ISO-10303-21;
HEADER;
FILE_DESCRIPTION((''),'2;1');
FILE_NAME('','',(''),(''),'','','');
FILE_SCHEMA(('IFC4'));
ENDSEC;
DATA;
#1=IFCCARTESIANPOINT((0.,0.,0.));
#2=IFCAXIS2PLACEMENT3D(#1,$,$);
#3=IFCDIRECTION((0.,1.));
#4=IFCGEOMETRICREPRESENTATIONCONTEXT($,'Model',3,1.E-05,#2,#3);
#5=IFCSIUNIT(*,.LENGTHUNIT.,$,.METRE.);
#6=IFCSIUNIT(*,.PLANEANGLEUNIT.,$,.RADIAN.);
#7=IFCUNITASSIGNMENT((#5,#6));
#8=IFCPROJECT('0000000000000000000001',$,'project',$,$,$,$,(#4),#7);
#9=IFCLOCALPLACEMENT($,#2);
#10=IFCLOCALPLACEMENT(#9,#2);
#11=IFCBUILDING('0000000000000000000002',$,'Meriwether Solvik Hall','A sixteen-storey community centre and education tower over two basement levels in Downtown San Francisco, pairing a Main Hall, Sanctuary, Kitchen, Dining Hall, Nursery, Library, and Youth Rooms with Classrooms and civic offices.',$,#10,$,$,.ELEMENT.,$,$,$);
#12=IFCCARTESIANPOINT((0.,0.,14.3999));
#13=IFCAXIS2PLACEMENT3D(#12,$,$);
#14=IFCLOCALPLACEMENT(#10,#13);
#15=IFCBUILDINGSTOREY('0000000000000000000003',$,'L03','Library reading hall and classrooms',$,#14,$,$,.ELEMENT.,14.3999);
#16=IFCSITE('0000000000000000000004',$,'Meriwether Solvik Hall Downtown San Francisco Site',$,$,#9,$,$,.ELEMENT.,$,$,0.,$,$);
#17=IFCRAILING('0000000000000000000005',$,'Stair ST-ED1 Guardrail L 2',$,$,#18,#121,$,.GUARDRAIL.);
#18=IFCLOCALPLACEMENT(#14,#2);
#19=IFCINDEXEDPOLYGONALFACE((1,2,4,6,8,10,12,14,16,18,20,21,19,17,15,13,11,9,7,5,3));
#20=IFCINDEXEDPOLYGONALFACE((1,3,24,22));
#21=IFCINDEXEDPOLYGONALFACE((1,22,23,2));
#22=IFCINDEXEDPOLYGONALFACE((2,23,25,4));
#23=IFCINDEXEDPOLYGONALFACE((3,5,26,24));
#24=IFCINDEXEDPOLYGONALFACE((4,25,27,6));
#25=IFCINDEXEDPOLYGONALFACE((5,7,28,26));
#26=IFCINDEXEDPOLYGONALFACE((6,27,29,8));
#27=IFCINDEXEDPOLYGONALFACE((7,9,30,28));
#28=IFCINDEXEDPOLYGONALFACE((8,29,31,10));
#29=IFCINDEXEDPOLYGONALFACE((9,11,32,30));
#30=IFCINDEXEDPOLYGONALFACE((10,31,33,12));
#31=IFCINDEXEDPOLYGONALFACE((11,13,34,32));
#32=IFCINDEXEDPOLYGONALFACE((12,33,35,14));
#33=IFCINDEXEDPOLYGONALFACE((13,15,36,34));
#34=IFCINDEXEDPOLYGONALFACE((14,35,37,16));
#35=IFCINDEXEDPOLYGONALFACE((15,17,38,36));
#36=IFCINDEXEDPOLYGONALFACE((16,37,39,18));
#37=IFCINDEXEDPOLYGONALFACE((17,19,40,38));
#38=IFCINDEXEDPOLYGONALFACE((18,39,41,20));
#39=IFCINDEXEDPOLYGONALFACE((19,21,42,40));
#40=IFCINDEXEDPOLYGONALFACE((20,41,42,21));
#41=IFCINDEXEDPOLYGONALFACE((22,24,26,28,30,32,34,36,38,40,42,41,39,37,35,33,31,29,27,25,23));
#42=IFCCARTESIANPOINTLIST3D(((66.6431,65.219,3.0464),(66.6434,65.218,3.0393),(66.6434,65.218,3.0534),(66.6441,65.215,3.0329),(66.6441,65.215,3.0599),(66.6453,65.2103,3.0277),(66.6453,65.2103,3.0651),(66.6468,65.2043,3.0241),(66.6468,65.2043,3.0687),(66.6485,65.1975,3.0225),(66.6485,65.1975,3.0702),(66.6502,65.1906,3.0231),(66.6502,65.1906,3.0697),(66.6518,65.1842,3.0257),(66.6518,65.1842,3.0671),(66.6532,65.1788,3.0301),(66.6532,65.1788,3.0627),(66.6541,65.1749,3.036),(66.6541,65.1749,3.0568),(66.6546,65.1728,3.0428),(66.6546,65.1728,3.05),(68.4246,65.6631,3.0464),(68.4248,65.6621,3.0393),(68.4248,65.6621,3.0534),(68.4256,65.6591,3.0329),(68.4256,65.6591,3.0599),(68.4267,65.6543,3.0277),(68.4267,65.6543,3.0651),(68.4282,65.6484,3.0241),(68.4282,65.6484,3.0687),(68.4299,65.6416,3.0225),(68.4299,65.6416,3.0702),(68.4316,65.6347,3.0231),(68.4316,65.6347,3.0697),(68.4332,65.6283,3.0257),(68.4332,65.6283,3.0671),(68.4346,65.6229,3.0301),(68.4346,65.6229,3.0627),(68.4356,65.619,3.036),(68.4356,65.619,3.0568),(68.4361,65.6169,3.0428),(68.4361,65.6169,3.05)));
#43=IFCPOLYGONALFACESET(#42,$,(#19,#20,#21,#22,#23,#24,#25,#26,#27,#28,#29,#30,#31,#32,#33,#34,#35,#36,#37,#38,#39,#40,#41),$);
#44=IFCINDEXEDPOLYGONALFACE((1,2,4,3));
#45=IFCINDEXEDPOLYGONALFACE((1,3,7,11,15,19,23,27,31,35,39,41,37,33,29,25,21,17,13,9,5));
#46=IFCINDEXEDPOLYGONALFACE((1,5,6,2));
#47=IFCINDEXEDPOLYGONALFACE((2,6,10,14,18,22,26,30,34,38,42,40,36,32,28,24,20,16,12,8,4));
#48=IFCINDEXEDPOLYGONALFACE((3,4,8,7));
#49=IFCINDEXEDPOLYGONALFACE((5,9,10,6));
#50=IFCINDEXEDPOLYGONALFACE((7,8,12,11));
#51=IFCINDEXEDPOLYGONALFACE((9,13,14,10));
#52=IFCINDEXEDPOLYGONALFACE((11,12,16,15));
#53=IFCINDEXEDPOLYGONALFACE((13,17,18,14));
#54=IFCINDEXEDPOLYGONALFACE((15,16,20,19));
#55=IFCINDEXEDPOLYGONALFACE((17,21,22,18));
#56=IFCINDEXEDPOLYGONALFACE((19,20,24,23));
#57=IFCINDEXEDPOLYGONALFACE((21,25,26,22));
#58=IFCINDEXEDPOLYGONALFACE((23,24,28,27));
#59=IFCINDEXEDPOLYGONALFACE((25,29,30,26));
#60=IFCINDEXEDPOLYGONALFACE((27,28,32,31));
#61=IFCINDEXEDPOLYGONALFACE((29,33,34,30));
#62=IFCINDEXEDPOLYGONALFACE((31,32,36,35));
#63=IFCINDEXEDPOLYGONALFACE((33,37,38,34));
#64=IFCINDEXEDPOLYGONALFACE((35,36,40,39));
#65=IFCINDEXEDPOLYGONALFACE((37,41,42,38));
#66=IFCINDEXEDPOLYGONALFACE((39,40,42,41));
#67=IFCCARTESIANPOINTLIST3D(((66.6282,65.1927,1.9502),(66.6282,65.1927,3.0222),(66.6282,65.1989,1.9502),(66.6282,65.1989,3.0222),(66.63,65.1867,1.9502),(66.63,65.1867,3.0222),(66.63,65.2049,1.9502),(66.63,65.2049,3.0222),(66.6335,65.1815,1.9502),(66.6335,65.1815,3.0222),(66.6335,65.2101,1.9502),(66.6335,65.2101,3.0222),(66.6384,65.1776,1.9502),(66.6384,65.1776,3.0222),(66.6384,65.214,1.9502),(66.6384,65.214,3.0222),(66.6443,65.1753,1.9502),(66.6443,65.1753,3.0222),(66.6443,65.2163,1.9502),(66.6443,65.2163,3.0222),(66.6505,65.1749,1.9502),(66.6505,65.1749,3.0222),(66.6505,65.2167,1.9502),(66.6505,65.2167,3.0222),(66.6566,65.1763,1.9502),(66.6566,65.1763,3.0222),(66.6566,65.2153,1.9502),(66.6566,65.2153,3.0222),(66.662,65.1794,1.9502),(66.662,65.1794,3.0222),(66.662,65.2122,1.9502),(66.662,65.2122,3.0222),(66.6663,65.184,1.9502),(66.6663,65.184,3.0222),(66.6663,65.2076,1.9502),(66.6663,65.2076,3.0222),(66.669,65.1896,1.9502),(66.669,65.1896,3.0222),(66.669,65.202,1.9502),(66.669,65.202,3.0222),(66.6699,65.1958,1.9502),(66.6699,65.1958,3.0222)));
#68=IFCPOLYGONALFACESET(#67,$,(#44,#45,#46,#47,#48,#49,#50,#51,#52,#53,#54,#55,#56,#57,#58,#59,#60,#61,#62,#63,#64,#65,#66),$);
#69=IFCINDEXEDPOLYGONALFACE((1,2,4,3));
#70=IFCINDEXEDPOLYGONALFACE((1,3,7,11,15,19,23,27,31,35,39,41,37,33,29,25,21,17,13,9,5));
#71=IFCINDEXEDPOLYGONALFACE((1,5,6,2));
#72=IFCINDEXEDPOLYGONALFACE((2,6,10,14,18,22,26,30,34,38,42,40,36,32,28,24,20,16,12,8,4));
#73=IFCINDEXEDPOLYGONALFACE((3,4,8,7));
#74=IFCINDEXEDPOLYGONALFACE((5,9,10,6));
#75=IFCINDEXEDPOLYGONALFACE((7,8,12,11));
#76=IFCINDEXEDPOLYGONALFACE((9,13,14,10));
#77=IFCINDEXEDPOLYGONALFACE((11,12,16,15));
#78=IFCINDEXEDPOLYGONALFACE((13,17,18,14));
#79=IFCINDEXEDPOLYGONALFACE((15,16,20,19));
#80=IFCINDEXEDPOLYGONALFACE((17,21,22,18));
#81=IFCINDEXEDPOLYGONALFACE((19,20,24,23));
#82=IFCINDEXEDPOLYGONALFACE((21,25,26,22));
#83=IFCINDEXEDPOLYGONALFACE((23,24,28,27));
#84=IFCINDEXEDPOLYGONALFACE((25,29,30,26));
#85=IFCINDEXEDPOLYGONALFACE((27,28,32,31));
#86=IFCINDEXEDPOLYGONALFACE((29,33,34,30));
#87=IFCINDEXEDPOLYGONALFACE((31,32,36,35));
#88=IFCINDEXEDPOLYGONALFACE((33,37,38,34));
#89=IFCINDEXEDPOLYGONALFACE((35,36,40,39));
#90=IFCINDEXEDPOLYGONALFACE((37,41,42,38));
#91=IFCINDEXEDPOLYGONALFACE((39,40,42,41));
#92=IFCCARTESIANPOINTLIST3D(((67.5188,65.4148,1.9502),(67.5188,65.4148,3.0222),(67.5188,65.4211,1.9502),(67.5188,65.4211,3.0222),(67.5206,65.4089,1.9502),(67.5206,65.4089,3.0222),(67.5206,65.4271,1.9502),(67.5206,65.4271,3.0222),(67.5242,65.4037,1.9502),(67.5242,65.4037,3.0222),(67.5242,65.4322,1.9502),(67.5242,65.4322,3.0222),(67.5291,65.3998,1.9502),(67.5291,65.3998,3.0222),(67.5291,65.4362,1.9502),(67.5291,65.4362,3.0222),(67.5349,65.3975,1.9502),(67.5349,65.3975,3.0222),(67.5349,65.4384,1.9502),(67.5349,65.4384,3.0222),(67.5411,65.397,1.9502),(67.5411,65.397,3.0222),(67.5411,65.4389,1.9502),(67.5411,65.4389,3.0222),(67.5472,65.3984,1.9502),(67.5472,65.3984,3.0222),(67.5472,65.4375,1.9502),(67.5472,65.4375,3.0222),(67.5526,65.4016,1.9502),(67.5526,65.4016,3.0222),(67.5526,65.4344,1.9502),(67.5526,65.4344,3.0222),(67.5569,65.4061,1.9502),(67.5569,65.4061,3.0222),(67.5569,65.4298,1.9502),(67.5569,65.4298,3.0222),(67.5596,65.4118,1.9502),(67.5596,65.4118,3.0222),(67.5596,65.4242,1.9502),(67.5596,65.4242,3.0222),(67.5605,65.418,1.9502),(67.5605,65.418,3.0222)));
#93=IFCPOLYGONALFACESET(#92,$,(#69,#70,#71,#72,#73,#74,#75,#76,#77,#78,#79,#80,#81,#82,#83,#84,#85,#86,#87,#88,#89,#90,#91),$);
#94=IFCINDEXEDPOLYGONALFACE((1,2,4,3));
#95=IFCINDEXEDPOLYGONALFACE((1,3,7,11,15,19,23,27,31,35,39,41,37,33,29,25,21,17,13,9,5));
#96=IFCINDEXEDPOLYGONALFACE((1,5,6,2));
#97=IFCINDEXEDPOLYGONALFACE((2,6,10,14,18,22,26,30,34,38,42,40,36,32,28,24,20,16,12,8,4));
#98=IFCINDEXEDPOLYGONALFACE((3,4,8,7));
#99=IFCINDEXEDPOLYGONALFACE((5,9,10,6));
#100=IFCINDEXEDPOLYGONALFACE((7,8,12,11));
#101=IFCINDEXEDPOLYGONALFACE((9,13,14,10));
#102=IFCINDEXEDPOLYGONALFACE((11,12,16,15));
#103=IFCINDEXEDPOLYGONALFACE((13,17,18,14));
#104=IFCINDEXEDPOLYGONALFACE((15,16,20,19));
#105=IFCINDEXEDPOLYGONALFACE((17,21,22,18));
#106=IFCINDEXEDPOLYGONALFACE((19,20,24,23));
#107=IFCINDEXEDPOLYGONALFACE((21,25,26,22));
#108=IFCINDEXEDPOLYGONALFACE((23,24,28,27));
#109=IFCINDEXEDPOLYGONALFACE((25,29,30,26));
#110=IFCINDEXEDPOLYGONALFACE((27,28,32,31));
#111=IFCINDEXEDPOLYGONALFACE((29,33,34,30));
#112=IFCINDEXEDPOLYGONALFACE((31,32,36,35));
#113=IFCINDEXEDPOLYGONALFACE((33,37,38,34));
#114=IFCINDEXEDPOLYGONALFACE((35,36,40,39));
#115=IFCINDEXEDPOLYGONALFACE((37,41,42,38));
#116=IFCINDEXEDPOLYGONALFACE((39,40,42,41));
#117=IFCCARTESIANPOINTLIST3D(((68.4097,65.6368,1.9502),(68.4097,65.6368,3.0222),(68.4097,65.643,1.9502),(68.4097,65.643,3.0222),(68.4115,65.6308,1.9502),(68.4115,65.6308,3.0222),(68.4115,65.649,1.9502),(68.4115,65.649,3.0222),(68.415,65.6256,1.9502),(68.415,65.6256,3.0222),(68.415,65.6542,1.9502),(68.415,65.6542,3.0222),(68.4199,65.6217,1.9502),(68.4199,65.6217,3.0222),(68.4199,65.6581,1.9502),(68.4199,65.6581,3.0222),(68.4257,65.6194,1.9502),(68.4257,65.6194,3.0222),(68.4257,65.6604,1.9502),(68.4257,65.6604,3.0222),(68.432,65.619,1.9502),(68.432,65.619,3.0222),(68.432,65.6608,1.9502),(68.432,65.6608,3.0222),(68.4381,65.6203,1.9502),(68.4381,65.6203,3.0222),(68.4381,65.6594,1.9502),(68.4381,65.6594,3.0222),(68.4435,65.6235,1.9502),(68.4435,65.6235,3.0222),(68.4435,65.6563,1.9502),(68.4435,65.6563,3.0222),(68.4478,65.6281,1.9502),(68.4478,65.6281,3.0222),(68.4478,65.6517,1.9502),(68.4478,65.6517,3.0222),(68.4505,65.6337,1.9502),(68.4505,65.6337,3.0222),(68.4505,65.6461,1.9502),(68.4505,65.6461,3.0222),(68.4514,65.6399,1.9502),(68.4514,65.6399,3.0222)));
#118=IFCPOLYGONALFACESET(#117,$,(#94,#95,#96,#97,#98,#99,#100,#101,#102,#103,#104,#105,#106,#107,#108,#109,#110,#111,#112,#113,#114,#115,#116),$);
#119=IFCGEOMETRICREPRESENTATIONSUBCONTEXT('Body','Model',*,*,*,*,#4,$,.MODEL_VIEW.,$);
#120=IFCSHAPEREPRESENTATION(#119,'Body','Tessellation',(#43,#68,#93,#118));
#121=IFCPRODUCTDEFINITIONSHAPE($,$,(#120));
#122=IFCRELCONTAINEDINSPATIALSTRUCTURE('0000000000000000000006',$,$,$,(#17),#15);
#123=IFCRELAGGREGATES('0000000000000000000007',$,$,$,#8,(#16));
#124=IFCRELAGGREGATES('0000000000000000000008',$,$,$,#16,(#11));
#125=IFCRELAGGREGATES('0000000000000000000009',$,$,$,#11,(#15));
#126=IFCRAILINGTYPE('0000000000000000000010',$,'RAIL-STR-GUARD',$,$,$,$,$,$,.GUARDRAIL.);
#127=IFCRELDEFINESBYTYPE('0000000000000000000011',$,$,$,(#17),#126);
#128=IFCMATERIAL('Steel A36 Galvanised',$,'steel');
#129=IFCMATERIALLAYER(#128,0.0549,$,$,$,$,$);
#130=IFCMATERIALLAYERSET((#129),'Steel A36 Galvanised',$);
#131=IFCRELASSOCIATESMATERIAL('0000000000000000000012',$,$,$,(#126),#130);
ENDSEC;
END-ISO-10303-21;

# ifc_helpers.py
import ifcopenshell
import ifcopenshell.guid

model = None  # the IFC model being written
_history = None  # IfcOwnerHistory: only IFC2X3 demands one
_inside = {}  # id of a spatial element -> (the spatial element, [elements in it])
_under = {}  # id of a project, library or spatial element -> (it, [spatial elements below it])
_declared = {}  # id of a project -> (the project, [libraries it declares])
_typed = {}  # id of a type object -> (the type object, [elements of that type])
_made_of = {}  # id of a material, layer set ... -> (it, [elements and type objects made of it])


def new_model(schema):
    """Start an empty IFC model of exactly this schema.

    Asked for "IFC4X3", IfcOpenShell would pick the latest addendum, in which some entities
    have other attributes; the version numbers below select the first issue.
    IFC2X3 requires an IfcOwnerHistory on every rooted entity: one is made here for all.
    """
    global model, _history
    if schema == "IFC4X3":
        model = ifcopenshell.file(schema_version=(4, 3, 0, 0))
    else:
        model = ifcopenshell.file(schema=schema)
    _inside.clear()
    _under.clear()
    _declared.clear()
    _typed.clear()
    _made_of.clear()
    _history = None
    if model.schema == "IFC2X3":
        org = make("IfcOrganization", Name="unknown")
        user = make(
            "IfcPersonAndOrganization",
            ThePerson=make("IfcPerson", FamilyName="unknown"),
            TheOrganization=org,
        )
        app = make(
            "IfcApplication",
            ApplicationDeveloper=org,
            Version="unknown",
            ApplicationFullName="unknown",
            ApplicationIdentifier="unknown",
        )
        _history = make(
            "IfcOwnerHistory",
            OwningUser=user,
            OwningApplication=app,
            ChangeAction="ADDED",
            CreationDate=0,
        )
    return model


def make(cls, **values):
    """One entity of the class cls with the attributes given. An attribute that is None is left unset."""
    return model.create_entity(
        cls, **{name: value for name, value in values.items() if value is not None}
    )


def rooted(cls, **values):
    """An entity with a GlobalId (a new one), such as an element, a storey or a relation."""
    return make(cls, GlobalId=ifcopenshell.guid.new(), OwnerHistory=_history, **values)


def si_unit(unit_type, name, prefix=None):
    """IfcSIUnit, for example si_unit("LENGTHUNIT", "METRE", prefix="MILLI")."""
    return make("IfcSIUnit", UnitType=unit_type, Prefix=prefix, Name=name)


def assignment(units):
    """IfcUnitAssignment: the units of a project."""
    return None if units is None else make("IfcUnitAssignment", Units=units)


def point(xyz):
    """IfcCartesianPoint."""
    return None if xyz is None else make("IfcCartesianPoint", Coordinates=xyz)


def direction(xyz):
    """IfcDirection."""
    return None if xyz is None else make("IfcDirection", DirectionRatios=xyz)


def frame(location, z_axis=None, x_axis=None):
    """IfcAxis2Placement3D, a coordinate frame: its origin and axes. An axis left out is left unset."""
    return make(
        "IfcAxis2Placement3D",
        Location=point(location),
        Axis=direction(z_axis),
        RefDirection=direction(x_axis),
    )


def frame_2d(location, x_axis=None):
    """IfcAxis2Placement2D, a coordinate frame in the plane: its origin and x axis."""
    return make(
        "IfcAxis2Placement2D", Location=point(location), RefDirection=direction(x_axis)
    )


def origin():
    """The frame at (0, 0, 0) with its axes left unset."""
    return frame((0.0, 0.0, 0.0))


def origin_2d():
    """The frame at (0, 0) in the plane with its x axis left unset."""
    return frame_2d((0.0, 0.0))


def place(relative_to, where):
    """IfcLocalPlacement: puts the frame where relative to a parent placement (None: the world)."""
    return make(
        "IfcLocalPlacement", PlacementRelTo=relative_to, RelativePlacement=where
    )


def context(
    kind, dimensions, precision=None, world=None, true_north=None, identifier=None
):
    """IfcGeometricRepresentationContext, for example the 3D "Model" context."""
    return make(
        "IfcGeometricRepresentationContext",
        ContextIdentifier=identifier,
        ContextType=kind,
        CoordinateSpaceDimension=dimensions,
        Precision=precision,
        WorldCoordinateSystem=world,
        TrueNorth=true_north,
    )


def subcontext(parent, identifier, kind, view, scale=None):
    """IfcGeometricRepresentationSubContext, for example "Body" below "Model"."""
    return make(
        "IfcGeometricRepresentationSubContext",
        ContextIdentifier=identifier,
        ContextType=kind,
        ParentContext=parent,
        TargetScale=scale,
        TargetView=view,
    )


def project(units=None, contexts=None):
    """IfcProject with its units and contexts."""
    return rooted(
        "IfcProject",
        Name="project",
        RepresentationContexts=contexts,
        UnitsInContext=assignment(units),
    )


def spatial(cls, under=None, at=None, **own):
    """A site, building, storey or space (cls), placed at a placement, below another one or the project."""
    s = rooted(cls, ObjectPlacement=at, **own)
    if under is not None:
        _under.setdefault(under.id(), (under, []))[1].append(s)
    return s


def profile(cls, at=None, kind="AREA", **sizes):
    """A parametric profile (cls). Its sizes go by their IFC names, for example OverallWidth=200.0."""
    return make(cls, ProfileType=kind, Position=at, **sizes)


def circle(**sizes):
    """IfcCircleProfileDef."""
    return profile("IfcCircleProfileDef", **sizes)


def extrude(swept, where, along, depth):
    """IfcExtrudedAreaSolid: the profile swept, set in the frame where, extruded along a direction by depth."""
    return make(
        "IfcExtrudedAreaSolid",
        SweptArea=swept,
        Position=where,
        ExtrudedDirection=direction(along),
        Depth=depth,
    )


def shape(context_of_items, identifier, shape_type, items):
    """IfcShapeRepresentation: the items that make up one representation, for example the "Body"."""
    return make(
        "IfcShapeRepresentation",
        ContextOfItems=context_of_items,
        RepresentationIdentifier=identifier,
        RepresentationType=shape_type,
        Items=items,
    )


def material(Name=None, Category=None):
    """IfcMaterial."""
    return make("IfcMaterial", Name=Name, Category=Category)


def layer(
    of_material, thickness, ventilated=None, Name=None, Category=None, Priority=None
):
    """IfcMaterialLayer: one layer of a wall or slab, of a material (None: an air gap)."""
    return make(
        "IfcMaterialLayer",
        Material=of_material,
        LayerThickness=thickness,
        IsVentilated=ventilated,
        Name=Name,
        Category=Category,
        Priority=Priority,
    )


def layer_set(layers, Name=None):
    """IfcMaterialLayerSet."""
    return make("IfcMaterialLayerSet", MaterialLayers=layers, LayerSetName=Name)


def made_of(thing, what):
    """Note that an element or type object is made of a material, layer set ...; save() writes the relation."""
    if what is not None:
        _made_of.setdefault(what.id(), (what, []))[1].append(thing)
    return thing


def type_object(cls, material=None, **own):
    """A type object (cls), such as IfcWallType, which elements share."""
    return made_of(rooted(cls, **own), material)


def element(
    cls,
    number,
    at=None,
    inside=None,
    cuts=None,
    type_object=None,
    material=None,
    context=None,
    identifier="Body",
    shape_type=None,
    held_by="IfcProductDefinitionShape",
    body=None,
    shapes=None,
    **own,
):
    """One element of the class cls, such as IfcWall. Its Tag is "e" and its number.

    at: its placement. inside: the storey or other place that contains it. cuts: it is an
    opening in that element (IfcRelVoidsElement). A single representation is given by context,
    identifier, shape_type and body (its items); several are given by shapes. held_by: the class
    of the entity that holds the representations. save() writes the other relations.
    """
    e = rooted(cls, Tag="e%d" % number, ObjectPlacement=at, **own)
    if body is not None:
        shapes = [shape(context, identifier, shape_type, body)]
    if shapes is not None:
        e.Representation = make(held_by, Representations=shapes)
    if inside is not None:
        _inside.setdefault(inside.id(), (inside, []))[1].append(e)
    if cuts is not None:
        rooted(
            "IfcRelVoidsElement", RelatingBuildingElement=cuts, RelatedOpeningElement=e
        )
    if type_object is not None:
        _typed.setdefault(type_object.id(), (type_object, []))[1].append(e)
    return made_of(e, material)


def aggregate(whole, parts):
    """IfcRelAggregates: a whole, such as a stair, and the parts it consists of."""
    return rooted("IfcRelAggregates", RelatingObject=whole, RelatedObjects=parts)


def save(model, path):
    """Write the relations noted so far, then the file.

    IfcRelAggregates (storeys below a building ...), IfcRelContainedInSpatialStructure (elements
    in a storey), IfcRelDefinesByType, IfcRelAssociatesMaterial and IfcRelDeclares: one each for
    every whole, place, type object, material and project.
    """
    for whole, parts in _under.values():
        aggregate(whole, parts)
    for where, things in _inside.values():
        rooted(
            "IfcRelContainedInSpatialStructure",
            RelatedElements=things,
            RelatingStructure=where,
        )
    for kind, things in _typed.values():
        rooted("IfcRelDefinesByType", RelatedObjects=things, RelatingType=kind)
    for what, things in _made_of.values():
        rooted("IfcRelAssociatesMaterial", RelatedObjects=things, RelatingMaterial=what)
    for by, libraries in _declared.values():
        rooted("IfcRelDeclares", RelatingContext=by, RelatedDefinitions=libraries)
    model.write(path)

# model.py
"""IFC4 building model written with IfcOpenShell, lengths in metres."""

from ifc_helpers import new_model, si_unit, direction, frame, origin, origin_2d, place, context, subcontext, project, spatial, circle, extrude, material, layer, layer_set, type_object, element, save


model = new_model("IFC4")

# Units and contexts
model_context = context("Model", 3, precision=1e-05, world=origin(), true_north=direction((0.0, 1.0)))
body_context = subcontext(model_context, "Body", "Model", "MODEL_VIEW")
ifc_project = project(units=[si_unit("LENGTHUNIT", "METRE"), si_unit("PLANEANGLEUNIT", "RADIAN")], contexts=[model_context])

# Site, building, storey
site_placement = place(None, origin())
site = spatial("IfcSite", under=ifc_project, at=site_placement, Name="Meriwether Solvik Hall Downtown San Francisco Site", CompositionType="ELEMENT", RefElevation=0.0)
building_placement = place(site_placement, origin())
building = spatial("IfcBuilding", under=site, at=building_placement, Name="Meriwether Solvik Hall", Description="A sixteen-storey community centre and education tower over two basement levels in Downtown San Francisco, pairing a Main Hall, Sanctuary, Kitchen, Dining Hall, Nursery, Library, and Youth Rooms with Classrooms and civic offices.", CompositionType="ELEMENT")
storey_placement = place(building_placement, frame((0.0, 0.0, 14.3999)))
storey = spatial("IfcBuildingStorey", under=building, at=storey_placement, Name="L03", Description="Library reading hall and classrooms", CompositionType="ELEMENT", Elevation=14.3999)

# Railing
ifc_material_1 = material(Name="Steel A36 Galvanised", Category="steel")
ifc_layer_1 = layer(ifc_material_1, 0.0549)
ifc_layer_set_1 = layer_set([ifc_layer_1], Name="Steel A36 Galvanised")
railing_type_1 = type_object("IfcRailingType", Name="RAIL-STR-GUARD", PredefinedType="GUARDRAIL", material=ifc_layer_set_1)
railing_1_placement = place(storey_placement, frame((66.6489, 65.1958, 1.9502)))
element("IfcRailing", 1, at=railing_1_placement, inside=storey, type_object=railing_type_1, Name="Stair ST-ED1 Guardrail L 2", PredefinedType="GUARDRAIL", context=body_context, shape_type="SweptSolid", body=[
    extrude(circle(Radius=0.0239, at=origin_2d()), frame((0.0, 0.0, 1.0962), z_axis=(0.970307, 0.241879, 0.0), x_axis=(-0.241879, 0.970307, 0.0)), (0.0, 0.0, 1.0), 1.8359),
    extrude(circle(Radius=0.021, at=origin_2d()), origin(), (0.0, 0.0, 1.0), 1.072),
    extrude(circle(Radius=0.021, at=origin_2d()), frame((0.8906, 0.2222, 0.0)), (0.0, 0.0, 1.0), 1.072),
    extrude(circle(Radius=0.021, at=origin_2d()), frame((1.7815, 0.4441, 0.0)), (0.0, 0.0, 1.0), 1.072),
])

save(model, "model.ifc")
